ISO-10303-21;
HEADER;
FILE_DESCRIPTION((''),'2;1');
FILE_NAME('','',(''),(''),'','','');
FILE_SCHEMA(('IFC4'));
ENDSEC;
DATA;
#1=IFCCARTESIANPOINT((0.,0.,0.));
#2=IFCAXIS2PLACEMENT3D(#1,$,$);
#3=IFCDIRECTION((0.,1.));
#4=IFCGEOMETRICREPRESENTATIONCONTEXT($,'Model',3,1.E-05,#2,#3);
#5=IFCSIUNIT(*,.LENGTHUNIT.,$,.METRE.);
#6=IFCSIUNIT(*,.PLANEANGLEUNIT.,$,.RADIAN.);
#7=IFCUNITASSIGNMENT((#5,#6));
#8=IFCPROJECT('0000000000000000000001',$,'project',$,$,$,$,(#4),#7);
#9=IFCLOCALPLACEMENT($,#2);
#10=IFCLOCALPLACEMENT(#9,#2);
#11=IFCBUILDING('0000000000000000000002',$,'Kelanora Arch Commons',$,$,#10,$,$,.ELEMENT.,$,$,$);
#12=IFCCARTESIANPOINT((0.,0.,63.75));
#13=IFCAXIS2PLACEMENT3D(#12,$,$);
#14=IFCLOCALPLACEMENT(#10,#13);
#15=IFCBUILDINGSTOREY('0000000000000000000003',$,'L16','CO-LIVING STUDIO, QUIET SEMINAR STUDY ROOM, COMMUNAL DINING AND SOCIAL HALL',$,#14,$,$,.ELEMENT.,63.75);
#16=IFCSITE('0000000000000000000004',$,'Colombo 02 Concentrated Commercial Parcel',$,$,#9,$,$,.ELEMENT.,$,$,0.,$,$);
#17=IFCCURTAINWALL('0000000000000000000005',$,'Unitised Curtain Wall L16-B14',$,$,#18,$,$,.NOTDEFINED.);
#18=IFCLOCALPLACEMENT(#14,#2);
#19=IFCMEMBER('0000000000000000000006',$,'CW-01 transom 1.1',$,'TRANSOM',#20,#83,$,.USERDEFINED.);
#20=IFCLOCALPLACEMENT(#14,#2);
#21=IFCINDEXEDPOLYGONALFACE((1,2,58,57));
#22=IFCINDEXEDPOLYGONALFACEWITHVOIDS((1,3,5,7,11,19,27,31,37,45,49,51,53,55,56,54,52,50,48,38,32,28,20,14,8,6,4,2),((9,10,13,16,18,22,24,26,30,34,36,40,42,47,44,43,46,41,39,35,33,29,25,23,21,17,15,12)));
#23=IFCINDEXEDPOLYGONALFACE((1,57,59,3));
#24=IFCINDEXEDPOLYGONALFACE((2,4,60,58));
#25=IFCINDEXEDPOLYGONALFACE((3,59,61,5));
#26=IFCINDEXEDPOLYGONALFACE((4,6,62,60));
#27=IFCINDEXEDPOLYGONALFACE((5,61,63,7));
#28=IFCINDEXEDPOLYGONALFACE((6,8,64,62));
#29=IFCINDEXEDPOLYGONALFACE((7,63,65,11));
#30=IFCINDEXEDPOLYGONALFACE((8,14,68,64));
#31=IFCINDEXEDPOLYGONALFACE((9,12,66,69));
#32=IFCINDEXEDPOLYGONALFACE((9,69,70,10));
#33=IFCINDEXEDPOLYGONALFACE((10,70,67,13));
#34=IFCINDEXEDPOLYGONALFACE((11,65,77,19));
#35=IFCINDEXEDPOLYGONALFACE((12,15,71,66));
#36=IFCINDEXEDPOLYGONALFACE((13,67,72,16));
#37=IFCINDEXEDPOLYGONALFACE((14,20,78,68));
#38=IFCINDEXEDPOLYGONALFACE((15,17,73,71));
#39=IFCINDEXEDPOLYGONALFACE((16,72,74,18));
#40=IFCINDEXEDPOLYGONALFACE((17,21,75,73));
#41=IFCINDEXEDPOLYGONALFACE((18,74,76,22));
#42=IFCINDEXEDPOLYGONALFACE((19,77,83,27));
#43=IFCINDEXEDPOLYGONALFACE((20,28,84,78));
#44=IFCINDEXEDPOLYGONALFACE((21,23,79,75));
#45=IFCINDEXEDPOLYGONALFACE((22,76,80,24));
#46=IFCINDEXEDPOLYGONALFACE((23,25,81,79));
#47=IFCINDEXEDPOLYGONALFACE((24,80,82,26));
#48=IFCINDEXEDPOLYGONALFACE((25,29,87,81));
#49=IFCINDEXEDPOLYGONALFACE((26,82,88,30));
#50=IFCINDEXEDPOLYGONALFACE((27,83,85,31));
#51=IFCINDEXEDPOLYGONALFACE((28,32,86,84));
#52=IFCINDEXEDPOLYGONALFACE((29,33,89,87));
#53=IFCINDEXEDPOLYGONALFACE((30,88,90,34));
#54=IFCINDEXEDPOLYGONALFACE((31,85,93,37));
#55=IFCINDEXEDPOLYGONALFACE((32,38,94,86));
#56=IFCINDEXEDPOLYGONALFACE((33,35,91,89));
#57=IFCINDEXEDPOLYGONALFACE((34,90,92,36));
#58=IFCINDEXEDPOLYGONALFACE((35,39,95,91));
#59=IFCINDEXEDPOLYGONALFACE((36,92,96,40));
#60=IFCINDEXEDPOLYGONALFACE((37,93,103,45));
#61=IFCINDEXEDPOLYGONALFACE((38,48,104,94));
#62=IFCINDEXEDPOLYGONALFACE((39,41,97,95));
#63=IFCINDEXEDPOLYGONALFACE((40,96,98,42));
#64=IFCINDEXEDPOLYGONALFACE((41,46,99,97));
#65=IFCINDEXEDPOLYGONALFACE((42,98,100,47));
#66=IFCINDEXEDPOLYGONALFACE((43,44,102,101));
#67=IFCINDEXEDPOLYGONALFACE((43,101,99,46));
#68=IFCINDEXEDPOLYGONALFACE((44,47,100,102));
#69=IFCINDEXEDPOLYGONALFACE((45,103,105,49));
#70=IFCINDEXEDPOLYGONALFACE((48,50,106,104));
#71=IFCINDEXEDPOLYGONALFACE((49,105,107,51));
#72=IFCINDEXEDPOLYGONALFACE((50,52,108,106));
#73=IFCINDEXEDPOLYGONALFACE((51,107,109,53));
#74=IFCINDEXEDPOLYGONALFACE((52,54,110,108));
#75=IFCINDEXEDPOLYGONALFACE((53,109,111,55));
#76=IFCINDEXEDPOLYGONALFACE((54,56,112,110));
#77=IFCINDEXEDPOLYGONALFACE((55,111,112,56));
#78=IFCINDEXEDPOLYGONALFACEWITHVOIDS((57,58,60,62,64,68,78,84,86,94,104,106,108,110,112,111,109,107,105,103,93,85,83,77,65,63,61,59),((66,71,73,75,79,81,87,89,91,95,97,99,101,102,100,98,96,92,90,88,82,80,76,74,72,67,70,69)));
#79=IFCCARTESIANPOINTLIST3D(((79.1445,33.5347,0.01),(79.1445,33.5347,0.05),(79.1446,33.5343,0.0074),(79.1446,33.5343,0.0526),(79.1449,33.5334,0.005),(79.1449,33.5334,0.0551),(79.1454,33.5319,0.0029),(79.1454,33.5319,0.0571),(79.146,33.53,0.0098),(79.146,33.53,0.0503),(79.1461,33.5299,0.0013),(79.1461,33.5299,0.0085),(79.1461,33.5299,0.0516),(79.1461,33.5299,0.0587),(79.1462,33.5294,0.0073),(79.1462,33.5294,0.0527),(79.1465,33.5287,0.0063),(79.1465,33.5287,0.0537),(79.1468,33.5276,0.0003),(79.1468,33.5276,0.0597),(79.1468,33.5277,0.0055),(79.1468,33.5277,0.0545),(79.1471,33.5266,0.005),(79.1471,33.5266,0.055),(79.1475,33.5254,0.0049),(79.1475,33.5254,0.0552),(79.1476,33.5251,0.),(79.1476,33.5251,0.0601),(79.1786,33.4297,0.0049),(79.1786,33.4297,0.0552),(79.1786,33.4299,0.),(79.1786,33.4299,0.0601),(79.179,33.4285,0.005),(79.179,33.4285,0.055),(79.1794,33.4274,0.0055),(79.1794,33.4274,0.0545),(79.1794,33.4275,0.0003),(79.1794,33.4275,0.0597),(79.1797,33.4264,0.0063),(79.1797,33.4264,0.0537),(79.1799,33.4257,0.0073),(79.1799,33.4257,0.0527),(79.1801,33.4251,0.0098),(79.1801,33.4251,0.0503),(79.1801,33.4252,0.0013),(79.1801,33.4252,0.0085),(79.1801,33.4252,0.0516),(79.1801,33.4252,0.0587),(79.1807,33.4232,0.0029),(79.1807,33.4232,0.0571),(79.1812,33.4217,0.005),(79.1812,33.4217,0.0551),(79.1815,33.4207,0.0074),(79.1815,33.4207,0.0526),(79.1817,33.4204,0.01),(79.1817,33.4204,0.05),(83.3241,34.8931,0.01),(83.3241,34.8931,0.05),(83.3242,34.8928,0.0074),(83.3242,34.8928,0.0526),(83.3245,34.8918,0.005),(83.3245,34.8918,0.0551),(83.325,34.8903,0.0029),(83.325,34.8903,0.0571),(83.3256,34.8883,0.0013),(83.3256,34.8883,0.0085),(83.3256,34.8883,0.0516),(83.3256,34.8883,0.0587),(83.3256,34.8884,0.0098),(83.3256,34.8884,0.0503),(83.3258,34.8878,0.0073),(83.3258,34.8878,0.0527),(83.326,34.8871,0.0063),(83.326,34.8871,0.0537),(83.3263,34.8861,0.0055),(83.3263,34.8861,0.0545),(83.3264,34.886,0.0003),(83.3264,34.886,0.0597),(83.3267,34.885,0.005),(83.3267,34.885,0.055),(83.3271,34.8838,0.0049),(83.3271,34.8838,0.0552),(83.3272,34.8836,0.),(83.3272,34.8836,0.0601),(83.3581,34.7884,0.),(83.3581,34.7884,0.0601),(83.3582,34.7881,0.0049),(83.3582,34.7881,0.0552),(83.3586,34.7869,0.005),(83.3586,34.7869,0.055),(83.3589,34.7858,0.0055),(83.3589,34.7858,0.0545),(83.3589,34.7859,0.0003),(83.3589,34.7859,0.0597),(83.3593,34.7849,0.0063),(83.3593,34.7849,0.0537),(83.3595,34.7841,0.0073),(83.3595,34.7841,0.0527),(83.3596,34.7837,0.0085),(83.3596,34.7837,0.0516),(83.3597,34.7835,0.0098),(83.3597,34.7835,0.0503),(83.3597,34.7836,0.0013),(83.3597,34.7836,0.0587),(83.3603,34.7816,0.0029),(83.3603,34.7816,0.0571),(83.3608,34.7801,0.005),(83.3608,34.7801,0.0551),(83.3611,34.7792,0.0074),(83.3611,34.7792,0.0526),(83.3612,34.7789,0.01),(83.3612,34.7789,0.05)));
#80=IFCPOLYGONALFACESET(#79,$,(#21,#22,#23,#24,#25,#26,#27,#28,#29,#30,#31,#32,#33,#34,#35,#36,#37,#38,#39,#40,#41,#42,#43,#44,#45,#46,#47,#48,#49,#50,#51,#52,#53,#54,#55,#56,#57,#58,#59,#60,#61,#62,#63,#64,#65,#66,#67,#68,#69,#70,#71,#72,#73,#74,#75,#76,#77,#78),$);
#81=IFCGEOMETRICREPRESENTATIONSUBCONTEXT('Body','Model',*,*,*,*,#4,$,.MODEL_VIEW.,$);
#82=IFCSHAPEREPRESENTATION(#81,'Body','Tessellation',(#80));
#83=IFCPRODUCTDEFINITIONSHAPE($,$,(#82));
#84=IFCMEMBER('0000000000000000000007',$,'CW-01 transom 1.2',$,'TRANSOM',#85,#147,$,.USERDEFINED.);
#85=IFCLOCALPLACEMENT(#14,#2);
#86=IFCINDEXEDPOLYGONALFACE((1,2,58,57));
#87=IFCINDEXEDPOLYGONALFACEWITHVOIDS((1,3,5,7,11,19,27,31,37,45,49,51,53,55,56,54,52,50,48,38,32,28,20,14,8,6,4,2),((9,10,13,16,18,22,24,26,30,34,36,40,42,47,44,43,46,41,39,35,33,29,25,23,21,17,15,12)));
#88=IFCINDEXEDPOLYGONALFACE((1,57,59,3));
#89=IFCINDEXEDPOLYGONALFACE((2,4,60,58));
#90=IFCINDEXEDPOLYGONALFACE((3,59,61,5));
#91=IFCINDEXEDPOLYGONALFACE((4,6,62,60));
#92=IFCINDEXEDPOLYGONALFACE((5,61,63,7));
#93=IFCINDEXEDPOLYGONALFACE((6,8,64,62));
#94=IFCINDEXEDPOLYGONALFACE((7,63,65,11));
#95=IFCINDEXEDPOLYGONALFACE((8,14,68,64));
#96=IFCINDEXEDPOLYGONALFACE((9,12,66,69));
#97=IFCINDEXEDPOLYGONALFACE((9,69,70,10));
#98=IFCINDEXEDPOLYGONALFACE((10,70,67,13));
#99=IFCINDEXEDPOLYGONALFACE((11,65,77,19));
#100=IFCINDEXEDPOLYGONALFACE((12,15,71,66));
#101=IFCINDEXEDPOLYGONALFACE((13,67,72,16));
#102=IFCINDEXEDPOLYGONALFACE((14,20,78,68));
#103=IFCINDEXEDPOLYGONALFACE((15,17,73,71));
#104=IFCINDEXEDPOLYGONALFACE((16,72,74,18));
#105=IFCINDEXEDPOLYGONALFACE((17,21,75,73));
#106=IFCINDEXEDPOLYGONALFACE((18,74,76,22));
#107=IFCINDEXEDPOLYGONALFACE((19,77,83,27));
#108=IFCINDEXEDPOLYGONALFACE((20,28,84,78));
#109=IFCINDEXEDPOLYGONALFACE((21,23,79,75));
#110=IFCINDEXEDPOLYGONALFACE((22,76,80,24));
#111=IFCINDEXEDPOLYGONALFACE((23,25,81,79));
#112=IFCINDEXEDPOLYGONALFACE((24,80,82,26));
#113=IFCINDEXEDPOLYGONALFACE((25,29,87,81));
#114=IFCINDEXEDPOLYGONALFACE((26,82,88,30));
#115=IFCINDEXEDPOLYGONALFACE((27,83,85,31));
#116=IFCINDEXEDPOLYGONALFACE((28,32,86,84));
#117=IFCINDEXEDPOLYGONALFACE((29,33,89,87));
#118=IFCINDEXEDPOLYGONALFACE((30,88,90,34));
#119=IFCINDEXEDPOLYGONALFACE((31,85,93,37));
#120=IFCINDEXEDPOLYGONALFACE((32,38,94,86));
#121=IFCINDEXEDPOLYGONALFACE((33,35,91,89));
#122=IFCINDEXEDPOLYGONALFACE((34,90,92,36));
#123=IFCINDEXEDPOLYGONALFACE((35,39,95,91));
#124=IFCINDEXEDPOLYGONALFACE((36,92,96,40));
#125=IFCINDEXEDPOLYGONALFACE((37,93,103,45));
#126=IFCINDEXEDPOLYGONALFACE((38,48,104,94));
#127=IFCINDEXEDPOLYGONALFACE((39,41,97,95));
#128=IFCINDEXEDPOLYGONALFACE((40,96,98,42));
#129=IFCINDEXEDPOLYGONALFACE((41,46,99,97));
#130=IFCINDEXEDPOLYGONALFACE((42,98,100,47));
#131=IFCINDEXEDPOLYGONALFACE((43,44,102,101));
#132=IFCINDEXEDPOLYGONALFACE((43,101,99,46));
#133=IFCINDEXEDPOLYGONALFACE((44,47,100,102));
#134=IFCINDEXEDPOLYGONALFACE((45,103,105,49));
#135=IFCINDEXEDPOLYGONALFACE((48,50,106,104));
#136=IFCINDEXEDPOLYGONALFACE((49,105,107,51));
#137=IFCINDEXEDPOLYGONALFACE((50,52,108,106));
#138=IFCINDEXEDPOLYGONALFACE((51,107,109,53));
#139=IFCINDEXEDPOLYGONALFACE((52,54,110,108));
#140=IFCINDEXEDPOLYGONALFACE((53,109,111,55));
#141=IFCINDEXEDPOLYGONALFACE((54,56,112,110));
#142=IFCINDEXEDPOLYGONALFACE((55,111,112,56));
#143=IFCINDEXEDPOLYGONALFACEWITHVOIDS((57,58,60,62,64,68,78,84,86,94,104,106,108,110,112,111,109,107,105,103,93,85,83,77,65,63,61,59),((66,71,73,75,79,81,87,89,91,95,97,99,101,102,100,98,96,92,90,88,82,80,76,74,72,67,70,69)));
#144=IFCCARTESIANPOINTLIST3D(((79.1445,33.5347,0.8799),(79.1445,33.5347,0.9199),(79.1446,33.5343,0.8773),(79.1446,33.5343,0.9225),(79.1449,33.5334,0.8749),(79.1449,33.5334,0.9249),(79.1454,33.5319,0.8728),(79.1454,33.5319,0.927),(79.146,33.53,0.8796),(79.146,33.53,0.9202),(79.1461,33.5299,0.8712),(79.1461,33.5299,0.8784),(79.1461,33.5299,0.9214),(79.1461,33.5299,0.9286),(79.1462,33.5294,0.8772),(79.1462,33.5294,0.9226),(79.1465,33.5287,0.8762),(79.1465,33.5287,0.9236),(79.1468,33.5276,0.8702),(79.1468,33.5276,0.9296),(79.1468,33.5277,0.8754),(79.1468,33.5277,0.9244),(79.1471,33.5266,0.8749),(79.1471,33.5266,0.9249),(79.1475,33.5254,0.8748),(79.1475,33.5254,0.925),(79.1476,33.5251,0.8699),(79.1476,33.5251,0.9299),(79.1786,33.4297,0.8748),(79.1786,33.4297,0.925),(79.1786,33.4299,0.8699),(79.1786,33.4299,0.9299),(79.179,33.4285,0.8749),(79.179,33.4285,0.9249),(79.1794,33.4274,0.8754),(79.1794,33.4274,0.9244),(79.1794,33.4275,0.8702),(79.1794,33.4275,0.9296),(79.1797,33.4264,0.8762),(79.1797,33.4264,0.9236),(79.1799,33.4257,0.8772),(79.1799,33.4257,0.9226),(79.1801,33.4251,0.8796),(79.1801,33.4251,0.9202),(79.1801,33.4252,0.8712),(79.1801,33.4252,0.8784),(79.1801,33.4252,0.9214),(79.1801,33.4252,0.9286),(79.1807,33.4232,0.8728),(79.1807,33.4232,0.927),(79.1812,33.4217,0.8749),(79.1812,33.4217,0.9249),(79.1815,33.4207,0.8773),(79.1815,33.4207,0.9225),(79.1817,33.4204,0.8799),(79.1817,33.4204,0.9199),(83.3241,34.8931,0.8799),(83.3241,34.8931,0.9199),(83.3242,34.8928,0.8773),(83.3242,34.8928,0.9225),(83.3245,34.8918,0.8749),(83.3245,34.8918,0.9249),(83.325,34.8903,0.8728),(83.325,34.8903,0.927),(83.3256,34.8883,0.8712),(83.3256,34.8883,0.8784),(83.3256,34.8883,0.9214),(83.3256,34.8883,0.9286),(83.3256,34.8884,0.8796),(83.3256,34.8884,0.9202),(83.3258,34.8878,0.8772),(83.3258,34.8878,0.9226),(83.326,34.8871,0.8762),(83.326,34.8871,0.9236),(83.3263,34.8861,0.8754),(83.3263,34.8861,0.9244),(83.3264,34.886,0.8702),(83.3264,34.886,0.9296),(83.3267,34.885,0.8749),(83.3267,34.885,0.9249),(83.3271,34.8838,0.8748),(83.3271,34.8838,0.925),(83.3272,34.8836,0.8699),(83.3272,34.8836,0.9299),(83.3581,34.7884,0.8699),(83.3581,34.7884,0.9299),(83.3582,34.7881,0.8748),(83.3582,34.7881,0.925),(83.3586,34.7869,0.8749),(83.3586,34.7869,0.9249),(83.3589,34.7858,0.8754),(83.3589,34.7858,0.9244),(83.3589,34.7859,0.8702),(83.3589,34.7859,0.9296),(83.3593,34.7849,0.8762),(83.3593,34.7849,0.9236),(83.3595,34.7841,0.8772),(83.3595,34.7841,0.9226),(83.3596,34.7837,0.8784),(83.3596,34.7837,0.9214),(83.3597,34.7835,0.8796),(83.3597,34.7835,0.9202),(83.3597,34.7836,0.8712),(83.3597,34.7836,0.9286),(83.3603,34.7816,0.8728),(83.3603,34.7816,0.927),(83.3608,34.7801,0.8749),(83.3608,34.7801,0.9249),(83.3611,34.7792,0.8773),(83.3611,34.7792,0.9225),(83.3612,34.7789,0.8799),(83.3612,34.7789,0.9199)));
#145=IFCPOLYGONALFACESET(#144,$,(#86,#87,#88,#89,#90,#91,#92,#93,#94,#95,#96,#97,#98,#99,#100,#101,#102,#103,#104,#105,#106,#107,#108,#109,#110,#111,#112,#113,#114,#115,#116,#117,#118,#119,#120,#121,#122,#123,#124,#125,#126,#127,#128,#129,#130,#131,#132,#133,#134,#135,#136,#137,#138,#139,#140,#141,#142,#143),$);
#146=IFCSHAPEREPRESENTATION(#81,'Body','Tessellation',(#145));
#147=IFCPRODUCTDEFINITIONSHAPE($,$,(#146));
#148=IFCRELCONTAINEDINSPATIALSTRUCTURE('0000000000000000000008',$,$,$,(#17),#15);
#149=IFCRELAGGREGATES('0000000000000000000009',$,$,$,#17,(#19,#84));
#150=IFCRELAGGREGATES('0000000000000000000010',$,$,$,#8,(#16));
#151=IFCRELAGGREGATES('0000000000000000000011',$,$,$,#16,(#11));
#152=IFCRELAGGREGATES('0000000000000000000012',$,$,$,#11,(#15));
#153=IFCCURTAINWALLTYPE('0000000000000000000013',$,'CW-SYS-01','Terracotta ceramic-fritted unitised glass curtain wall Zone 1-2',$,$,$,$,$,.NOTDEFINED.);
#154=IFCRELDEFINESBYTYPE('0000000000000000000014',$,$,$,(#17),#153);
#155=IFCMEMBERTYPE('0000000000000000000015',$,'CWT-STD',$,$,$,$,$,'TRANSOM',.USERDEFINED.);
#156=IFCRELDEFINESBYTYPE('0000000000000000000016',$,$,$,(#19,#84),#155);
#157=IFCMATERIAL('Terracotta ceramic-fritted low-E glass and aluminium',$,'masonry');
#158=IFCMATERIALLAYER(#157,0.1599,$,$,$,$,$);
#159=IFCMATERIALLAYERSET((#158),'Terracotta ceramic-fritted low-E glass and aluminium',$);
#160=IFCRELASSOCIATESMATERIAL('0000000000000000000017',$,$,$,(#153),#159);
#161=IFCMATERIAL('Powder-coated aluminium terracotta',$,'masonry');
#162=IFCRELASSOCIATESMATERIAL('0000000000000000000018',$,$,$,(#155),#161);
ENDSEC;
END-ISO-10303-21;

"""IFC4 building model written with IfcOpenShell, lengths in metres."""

from ifc_helpers import new_model, si_unit, direction, frame, origin, origin_2d, place, context, subcontext, project, spatial, hollow_rectangle, extrude, material, layer, layer_set, material_profile, profile_set, type_object, element, aggregate, save


model = new_model("IFC4")

# Units and contexts
model_context = context("Model", 3, precision=1e-05, world=origin(), true_north=direction((0.0, 1.0)))
body_context = subcontext(model_context, "Body", "Model", "MODEL_VIEW")
ifc_project = project(units=[si_unit("LENGTHUNIT", "METRE"), si_unit("PLANEANGLEUNIT", "RADIAN")], contexts=[model_context])

# Site, building, storey
site_placement = place(None, origin())
site = spatial("IfcSite", under=ifc_project, at=site_placement, Name="Colombo 02 Concentrated Commercial Parcel", CompositionType="ELEMENT", RefElevation=0.0)
building_placement = place(site_placement, origin())
building = spatial("IfcBuilding", under=site, at=building_placement, Name="Kelanora Arch Commons", CompositionType="ELEMENT")
storey_placement = place(building_placement, frame((0.0, 0.0, 63.75)))
storey = spatial("IfcBuildingStorey", under=building, at=storey_placement, Name="L16", Description="CO-LIVING STUDIO, QUIET SEMINAR STUDY ROOM, COMMUNAL DINING AND SOCIAL HALL", CompositionType="ELEMENT", Elevation=63.75)

# Curtain wall, members
ifc_material_1 = material(Name="Terracotta ceramic-fritted low-E glass and aluminium", Category="masonry")
ifc_layer_1 = layer(ifc_material_1, 0.1599)
ifc_layer_set_1 = layer_set([ifc_layer_1], Name="Terracotta ceramic-fritted low-E glass and aluminium")
curtain_wall_type = type_object("IfcCurtainWallType", Name="CW-SYS-01", Description="Terracotta ceramic-fritted unitised glass curtain wall Zone 1-2", PredefinedType="NOTDEFINED", material=ifc_layer_set_1)
curtain_wall_placement = place(storey_placement, origin())
curtain_wall = element("IfcCurtainWall", 1, at=curtain_wall_placement, inside=storey, type_object=curtain_wall_type, Name="Unitised Curtain Wall L16-B14", PredefinedType="NOTDEFINED")
ifc_material_2 = material(Name="Powder-coated aluminium terracotta", Category="masonry")
ifc_material_profile_1 = material_profile(ifc_material_2, hollow_rectangle(XDim=0.1201, YDim=0.0601, WallThickness=0.0049, InnerFilletRadius=0.0049, OuterFilletRadius=0.01, at=origin_2d()), Name="CWT120x60")
ifc_profile_set_1 = profile_set([ifc_material_profile_1], Name="Powder-coated aluminium terracotta")
member_type_1 = type_object("IfcMemberType", Name="CWT-STD", ElementType="TRANSOM", PredefinedType="USERDEFINED", material=ifc_profile_set_1)
member_1_placement = place(storey_placement, frame((79.1631, 33.4775, 0.03), z_axis=(0.951029, 0.309102, 0.0), x_axis=(-0.309102, 0.951029, 0.0)))
member_1 = element("IfcMember", 2, at=member_1_placement, type_object=member_type_1, Name="CW-01 transom 1.1", ObjectType="TRANSOM", PredefinedType="USERDEFINED", context=body_context, shape_type="SweptSolid", body=[
    extrude(hollow_rectangle(XDim=0.1201, YDim=0.0601, WallThickness=0.0049, InnerFilletRadius=0.0049, OuterFilletRadius=0.01, at=origin_2d()), origin(), (0.0, 0.0, 1.0), 4.3948),
])
member_2_placement = place(storey_placement, frame((79.1631, 33.4775, 0.8999), z_axis=(0.951029, 0.309102, 0.0), x_axis=(-0.309102, 0.951029, 0.0)))
member_2 = element("IfcMember", 3, at=member_2_placement, type_object=member_type_1, Name="CW-01 transom 1.2", ObjectType="TRANSOM", PredefinedType="USERDEFINED", context=body_context, shape_type="SweptSolid", body=[
    extrude(hollow_rectangle(XDim=0.1201, YDim=0.0601, WallThickness=0.0049, InnerFilletRadius=0.0049, OuterFilletRadius=0.01, at=origin_2d()), origin(), (0.0, 0.0, 1.0), 4.3948),
])
aggregate(curtain_wall, [member_1, member_2])

save(model, "model.ifc")
